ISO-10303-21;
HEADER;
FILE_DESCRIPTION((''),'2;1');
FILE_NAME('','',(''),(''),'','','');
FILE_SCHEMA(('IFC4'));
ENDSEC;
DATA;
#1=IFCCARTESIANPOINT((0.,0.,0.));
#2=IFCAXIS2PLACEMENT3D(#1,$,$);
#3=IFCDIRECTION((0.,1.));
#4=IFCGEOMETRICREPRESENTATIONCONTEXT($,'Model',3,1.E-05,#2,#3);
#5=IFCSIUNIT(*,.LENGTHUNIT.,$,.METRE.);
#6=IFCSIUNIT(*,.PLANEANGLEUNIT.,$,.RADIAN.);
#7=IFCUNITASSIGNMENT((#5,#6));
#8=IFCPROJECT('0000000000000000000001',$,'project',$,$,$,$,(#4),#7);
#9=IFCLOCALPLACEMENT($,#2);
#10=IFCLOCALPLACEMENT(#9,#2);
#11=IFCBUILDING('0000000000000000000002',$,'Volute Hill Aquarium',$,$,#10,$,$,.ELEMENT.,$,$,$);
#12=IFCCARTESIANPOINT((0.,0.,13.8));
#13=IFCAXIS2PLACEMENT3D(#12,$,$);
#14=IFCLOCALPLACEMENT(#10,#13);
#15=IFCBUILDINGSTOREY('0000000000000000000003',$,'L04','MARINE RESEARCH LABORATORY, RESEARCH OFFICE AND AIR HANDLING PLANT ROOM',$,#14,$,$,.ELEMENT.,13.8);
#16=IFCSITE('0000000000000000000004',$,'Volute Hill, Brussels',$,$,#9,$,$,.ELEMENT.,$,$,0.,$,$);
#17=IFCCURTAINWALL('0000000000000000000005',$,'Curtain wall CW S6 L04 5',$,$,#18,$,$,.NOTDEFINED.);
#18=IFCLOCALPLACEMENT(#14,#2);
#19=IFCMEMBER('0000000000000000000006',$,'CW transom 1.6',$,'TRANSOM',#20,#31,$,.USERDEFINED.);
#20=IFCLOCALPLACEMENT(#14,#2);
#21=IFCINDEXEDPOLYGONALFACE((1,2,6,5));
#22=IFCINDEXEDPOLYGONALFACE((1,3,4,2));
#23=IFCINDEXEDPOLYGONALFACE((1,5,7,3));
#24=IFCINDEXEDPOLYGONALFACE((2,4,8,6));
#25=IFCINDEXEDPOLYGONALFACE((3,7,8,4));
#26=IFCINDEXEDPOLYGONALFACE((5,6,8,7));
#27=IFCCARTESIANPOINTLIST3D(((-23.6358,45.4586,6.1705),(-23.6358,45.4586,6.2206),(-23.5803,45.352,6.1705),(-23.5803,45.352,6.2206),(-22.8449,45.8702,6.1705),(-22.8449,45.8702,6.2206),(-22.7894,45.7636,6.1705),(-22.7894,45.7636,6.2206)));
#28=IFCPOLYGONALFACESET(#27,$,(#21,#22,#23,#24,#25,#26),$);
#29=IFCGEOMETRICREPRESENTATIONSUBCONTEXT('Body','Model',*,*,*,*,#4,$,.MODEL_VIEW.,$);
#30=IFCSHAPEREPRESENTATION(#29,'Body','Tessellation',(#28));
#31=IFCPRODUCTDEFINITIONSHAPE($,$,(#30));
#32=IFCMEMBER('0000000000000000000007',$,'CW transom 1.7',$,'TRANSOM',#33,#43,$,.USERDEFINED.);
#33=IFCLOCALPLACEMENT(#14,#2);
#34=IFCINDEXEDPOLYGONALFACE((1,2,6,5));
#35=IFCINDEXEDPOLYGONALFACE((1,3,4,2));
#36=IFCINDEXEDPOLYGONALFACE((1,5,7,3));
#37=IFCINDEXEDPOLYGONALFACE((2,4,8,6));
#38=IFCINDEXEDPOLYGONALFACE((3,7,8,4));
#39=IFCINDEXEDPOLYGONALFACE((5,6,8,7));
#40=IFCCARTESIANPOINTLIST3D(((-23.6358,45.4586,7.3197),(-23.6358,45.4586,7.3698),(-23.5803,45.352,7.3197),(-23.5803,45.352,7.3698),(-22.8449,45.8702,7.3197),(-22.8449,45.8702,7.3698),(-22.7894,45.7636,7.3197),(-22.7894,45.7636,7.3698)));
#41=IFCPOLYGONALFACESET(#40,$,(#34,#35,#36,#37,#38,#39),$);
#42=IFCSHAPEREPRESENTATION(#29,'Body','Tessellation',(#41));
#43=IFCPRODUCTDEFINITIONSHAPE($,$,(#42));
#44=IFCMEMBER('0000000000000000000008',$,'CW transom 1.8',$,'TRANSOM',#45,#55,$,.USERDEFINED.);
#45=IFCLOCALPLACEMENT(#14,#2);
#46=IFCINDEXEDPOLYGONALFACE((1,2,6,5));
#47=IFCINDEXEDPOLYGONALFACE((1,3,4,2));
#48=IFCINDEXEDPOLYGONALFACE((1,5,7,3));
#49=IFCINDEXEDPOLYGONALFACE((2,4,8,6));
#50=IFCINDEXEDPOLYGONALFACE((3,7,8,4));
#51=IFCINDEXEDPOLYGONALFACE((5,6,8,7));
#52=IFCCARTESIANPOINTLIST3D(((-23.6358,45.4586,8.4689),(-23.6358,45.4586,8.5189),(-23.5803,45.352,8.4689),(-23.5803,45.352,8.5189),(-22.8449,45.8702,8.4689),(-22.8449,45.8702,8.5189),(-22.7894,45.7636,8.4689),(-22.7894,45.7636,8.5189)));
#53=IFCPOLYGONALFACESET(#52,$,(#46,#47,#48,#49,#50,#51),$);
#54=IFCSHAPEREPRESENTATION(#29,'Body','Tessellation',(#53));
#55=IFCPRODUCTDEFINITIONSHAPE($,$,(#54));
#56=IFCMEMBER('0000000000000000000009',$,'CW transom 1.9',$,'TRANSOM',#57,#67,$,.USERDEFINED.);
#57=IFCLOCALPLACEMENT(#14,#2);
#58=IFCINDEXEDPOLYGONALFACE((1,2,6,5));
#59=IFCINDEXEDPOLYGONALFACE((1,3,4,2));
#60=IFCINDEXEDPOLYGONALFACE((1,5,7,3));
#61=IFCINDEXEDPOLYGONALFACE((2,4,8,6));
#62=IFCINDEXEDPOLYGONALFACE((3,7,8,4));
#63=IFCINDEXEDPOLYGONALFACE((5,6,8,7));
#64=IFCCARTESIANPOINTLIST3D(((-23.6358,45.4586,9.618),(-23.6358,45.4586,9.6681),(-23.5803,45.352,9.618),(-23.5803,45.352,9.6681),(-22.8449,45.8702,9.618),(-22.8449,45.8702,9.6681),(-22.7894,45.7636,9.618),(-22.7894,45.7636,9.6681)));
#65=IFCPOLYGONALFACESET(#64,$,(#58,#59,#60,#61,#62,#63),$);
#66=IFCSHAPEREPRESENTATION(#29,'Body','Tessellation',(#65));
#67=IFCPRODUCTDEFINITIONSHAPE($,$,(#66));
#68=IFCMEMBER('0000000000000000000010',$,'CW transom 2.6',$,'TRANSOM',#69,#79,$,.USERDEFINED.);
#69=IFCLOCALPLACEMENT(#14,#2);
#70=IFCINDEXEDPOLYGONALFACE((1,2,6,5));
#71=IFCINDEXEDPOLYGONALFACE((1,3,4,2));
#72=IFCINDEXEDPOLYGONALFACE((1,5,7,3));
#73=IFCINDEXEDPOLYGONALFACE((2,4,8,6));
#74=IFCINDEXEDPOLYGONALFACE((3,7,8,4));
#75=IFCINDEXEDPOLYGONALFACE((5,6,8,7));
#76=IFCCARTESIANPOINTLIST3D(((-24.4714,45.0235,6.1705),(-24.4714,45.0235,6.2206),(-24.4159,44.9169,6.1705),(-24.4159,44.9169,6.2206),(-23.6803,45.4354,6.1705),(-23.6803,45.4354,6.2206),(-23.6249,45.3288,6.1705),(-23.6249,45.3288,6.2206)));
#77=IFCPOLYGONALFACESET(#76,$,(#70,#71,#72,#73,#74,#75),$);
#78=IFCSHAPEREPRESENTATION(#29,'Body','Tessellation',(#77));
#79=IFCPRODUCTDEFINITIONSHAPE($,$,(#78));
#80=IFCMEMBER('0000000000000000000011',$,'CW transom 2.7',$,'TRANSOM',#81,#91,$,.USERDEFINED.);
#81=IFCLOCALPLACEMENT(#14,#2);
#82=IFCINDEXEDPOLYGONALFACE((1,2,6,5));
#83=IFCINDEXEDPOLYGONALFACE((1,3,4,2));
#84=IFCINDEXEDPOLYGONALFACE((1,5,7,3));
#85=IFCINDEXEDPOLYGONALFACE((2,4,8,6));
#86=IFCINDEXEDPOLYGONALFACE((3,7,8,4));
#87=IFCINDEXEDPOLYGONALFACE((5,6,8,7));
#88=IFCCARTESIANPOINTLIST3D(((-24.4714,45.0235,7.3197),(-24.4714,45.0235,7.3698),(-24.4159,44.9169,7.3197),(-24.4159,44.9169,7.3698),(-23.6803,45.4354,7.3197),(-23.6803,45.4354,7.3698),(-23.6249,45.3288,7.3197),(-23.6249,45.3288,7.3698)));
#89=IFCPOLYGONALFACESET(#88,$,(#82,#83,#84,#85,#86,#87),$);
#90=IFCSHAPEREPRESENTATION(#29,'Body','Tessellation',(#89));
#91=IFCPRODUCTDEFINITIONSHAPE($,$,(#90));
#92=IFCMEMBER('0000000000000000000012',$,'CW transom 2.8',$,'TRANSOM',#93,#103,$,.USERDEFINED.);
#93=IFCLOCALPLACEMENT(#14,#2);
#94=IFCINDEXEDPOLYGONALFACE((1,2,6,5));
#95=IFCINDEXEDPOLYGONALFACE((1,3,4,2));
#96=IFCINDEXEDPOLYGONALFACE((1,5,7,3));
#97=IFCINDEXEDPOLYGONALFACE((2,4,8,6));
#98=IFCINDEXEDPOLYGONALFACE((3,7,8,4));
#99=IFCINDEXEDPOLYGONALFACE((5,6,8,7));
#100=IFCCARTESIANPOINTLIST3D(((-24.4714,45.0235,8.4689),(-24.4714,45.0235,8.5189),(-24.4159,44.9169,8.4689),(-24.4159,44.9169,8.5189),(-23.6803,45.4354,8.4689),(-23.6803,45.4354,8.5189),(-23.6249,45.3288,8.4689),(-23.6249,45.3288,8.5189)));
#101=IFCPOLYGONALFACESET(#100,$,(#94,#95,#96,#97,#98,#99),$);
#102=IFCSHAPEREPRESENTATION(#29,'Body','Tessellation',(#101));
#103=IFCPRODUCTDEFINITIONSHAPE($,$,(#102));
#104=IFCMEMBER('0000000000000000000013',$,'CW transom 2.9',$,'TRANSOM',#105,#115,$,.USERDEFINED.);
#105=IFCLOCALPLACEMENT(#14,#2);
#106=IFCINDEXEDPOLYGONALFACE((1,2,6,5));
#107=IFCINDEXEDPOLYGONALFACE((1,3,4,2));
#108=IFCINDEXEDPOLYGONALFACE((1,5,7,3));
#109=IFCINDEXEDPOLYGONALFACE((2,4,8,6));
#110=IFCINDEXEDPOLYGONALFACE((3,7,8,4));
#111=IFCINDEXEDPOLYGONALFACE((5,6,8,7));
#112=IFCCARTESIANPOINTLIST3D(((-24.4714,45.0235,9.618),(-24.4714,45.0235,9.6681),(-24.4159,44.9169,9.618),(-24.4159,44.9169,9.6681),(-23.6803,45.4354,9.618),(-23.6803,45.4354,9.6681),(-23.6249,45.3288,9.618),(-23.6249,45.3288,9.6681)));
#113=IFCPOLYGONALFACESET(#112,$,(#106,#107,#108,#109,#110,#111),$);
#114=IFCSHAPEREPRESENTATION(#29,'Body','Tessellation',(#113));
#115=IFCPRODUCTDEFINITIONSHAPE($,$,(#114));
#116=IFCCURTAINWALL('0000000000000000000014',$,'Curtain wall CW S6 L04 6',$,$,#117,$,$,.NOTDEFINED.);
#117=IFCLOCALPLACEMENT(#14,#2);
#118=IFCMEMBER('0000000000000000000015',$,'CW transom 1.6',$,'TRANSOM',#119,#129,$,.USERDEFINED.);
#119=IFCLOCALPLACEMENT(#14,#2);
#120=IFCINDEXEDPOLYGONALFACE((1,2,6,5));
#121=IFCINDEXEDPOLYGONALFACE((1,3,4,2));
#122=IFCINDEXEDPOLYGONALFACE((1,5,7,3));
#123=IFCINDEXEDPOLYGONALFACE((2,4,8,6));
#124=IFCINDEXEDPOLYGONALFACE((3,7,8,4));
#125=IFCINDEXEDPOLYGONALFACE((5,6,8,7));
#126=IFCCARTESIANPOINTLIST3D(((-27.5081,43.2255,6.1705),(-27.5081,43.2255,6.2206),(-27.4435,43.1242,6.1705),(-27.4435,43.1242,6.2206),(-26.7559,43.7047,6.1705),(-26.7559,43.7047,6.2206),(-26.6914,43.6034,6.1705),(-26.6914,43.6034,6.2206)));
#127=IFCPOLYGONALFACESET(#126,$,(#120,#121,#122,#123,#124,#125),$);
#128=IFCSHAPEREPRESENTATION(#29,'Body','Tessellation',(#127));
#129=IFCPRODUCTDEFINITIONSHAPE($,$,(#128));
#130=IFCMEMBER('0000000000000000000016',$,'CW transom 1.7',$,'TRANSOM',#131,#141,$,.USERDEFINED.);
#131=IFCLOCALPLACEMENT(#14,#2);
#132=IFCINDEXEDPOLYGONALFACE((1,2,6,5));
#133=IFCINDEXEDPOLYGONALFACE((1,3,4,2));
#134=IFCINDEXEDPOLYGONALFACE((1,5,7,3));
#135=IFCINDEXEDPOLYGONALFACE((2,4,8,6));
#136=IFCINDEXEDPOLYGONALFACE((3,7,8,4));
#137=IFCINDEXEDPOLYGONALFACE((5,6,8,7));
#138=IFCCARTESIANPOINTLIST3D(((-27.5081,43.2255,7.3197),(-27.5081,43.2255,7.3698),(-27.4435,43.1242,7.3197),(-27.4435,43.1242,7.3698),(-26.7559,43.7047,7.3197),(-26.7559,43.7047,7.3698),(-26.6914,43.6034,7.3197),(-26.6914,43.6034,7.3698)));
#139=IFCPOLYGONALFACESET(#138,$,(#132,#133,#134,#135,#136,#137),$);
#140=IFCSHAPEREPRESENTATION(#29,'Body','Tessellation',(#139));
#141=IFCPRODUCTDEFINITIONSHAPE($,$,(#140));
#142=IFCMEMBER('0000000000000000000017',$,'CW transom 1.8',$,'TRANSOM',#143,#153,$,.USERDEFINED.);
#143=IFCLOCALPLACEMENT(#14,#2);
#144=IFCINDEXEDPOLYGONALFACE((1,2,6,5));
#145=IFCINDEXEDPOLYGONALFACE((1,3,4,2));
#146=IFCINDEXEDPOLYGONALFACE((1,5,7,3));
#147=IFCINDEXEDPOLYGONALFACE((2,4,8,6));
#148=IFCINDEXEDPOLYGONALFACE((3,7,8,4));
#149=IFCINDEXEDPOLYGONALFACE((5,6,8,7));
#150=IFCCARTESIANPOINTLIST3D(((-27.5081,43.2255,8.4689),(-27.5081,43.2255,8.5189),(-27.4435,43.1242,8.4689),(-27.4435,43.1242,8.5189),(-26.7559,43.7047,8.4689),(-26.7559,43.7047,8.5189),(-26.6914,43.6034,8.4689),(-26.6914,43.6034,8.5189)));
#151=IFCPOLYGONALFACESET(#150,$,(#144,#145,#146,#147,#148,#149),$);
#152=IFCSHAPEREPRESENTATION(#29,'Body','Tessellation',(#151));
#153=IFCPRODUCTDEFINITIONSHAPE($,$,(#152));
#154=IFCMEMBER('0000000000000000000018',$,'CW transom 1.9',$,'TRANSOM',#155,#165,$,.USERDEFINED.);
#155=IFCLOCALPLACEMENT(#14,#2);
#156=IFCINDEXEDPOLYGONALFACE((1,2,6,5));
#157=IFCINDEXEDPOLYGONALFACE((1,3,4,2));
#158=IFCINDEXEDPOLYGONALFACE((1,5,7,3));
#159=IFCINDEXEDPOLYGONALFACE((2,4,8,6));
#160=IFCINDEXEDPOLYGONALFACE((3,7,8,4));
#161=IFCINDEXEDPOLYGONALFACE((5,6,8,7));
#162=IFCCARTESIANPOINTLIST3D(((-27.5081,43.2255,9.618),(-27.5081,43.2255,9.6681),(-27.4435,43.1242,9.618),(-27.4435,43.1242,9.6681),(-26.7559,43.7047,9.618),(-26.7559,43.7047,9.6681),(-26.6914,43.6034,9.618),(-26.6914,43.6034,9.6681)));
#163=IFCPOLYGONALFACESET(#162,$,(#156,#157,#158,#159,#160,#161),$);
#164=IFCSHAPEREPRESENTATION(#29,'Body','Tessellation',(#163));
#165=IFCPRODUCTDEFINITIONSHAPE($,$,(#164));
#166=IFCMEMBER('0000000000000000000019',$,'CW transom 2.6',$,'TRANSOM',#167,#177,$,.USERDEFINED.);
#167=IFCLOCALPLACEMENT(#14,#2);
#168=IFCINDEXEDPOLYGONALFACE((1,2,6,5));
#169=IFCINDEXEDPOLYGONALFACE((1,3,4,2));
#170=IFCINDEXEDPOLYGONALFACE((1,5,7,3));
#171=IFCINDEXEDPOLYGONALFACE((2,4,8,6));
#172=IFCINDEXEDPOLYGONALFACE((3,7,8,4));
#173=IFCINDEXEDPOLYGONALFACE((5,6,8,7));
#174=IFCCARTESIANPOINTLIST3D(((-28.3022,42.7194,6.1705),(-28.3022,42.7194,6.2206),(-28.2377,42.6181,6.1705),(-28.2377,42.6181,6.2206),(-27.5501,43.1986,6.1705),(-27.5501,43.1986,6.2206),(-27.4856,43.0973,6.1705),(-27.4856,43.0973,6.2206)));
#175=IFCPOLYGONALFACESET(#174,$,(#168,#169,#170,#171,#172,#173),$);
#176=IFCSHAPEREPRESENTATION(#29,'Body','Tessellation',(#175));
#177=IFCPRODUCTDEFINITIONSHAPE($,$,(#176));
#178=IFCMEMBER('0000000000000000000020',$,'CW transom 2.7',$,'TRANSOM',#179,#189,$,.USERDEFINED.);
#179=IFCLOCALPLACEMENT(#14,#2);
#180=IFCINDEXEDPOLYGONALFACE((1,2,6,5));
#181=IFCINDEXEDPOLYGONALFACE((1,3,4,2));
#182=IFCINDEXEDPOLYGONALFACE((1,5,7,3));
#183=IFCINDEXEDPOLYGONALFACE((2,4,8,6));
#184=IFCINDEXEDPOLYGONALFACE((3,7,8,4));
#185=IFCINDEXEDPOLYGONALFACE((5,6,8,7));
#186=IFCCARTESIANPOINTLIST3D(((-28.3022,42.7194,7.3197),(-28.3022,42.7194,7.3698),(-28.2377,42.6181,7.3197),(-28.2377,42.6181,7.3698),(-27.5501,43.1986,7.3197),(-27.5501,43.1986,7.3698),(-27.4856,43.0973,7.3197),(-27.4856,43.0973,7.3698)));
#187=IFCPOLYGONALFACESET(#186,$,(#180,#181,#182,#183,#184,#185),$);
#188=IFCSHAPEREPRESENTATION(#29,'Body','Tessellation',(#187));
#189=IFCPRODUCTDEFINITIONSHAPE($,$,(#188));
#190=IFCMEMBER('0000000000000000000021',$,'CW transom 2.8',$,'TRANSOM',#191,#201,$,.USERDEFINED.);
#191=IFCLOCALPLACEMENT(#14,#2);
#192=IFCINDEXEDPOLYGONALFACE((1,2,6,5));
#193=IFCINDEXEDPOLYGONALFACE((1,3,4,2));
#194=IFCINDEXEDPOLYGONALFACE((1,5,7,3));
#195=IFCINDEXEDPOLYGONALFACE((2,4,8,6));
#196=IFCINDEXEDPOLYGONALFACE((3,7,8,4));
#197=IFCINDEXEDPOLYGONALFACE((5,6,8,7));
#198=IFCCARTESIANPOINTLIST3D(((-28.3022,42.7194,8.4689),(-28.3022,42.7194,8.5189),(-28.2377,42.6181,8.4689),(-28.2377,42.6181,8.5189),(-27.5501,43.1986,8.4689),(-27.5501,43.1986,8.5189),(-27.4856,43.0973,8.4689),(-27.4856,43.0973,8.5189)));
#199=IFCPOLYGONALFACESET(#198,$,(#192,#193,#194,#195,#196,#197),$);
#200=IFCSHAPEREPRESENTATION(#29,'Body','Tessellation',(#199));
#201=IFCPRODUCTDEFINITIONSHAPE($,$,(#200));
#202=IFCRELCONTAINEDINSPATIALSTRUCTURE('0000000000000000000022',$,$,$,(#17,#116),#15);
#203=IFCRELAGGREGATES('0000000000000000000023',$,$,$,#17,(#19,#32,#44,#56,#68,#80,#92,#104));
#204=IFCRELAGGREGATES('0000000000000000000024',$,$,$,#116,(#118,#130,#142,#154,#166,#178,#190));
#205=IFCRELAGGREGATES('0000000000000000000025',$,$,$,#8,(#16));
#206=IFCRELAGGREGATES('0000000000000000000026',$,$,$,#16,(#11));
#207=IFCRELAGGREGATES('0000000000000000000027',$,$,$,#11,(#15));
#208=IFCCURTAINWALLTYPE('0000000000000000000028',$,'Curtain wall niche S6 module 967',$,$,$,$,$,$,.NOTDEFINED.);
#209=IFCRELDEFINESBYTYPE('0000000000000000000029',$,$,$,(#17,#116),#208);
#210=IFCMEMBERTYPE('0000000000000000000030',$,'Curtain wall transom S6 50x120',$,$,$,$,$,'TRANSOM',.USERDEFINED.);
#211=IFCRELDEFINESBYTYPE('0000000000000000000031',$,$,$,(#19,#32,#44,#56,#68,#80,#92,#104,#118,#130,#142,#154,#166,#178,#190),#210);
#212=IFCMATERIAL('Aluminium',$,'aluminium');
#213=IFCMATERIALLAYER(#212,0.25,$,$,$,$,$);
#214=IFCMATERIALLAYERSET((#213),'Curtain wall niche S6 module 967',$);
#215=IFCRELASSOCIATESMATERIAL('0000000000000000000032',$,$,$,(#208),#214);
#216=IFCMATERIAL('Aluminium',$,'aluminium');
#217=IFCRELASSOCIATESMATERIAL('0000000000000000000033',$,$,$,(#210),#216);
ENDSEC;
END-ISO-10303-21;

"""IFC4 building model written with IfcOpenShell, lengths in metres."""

from ifc_helpers import new_model, si_unit, direction, frame, origin, origin_2d, place, context, subcontext, project, spatial, rectangle, extrude, material, layer, layer_set, material_profile, profile_set, type_object, element, aggregate, save


model = new_model("IFC4")

# Units and contexts
model_context = context("Model", 3, precision=1e-05, world=origin(), true_north=direction((0.0, 1.0)))
body_context = subcontext(model_context, "Body", "Model", "MODEL_VIEW")
ifc_project = project(units=[si_unit("LENGTHUNIT", "METRE"), si_unit("PLANEANGLEUNIT", "RADIAN")], contexts=[model_context])

# Site, building, storey
site_placement = place(None, origin())
site = spatial("IfcSite", under=ifc_project, at=site_placement, Name="Volute Hill, Brussels", CompositionType="ELEMENT", RefElevation=0.0)
building_placement = place(site_placement, origin())
building = spatial("IfcBuilding", under=site, at=building_placement, Name="Volute Hill Aquarium", CompositionType="ELEMENT")
storey_placement = place(building_placement, frame((0.0, 0.0, 13.8)))
storey = spatial("IfcBuildingStorey", under=building, at=storey_placement, Name="L04", Description="MARINE RESEARCH LABORATORY, RESEARCH OFFICE AND AIR HANDLING PLANT ROOM", CompositionType="ELEMENT", Elevation=13.8)

# Curtain walls, members
ifc_material_1 = material(Name="Aluminium", Category="aluminium")
ifc_layer_1 = layer(ifc_material_1, 0.25)
ifc_layer_set_1 = layer_set([ifc_layer_1], Name="Curtain wall niche S6 module 967")
curtain_wall_type = type_object("IfcCurtainWallType", Name="Curtain wall niche S6 module 967", PredefinedType="NOTDEFINED", material=ifc_layer_set_1)
curtain_wall_1_placement = place(storey_placement, origin())
curtain_wall_1 = element("IfcCurtainWall", 1, at=curtain_wall_1_placement, inside=storey, type_object=curtain_wall_type, Name="Curtain wall CW S6 L04 5", PredefinedType="NOTDEFINED")
ifc_material_2 = material(Name="Aluminium", Category="aluminium")
ifc_material_profile = material_profile(ifc_material_2, rectangle(XDim=0.1201, YDim=0.05, at=origin_2d()), Name="Curtain wall transom S6 50x120")
ifc_profile_set = profile_set([ifc_material_profile], Name="Aluminium")
member_type = type_object("IfcMemberType", Name="Curtain wall transom S6 50x120", ElementType="TRANSOM", PredefinedType="USERDEFINED", material=ifc_profile_set)
member_1_placement = place(storey_placement, frame((-22.8171, 45.8169, 6.1956), z_axis=(-0.887082, -0.461611, 0.0), x_axis=(0.461611, -0.887082, 0.0)))
member_1 = element("IfcMember", 2, at=member_1_placement, type_object=member_type, Name="CW transom 1.6", ObjectType="TRANSOM", PredefinedType="USERDEFINED", context=body_context, shape_type="SweptSolid", body=[
    extrude(rectangle(XDim=0.1201, YDim=0.05, at=origin_2d()), origin(), (0.0, 0.0, 1.0), 0.8916),
])
member_2_placement = place(storey_placement, frame((-22.8171, 45.8169, 7.3447), z_axis=(-0.887082, -0.461611, 0.0), x_axis=(0.461611, -0.887082, 0.0)))
member_2 = element("IfcMember", 3, at=member_2_placement, type_object=member_type, Name="CW transom 1.7", ObjectType="TRANSOM", PredefinedType="USERDEFINED", context=body_context, shape_type="SweptSolid", body=[
    extrude(rectangle(XDim=0.1201, YDim=0.05, at=origin_2d()), origin(), (0.0, 0.0, 1.0), 0.8916),
])
member_3_placement = place(storey_placement, frame((-22.8171, 45.8169, 8.4939), z_axis=(-0.887082, -0.461611, 0.0), x_axis=(0.461611, -0.887082, 0.0)))
member_3 = element("IfcMember", 4, at=member_3_placement, type_object=member_type, Name="CW transom 1.8", ObjectType="TRANSOM", PredefinedType="USERDEFINED", context=body_context, shape_type="SweptSolid", body=[
    extrude(rectangle(XDim=0.1201, YDim=0.05, at=origin_2d()), origin(), (0.0, 0.0, 1.0), 0.8916),
])
member_4_placement = place(storey_placement, frame((-22.8171, 45.8169, 9.6431), z_axis=(-0.887082, -0.461611, 0.0), x_axis=(0.461611, -0.887082, 0.0)))
member_4 = element("IfcMember", 5, at=member_4_placement, type_object=member_type, Name="CW transom 1.9", ObjectType="TRANSOM", PredefinedType="USERDEFINED", context=body_context, shape_type="SweptSolid", body=[
    extrude(rectangle(XDim=0.1201, YDim=0.05, at=origin_2d()), origin(), (0.0, 0.0, 1.0), 0.8916),
])
member_5_placement = place(storey_placement, frame((-23.6526, 45.3821, 6.1956), z_axis=(-0.88697, -0.461827, 0.0), x_axis=(0.461827, -0.88697, 0.0)))
member_5 = element("IfcMember", 6, at=member_5_placement, type_object=member_type, Name="CW transom 2.6", ObjectType="TRANSOM", PredefinedType="USERDEFINED", context=body_context, shape_type="SweptSolid", body=[
    extrude(rectangle(XDim=0.1201, YDim=0.05, at=origin_2d()), origin(), (0.0, 0.0, 1.0), 0.8918),
])
member_6_placement = place(storey_placement, frame((-23.6526, 45.3821, 7.3447), z_axis=(-0.88697, -0.461827, 0.0), x_axis=(0.461827, -0.88697, 0.0)))
member_6 = element("IfcMember", 7, at=member_6_placement, type_object=member_type, Name="CW transom 2.7", ObjectType="TRANSOM", PredefinedType="USERDEFINED", context=body_context, shape_type="SweptSolid", body=[
    extrude(rectangle(XDim=0.1201, YDim=0.05, at=origin_2d()), origin(), (0.0, 0.0, 1.0), 0.8918),
])
member_7_placement = place(storey_placement, frame((-23.6526, 45.3821, 8.4939), z_axis=(-0.88697, -0.461827, 0.0), x_axis=(0.461827, -0.88697, 0.0)))
member_7 = element("IfcMember", 8, at=member_7_placement, type_object=member_type, Name="CW transom 2.8", ObjectType="TRANSOM", PredefinedType="USERDEFINED", context=body_context, shape_type="SweptSolid", body=[
    extrude(rectangle(XDim=0.1201, YDim=0.05, at=origin_2d()), origin(), (0.0, 0.0, 1.0), 0.8918),
])
member_8_placement = place(storey_placement, frame((-23.6526, 45.3821, 9.6431), z_axis=(-0.88697, -0.461827, 0.0), x_axis=(0.461827, -0.88697, 0.0)))
member_8 = element("IfcMember", 9, at=member_8_placement, type_object=member_type, Name="CW transom 2.9", ObjectType="TRANSOM", PredefinedType="USERDEFINED", context=body_context, shape_type="SweptSolid", body=[
    extrude(rectangle(XDim=0.1201, YDim=0.05, at=origin_2d()), origin(), (0.0, 0.0, 1.0), 0.8918),
])
curtain_wall_2_placement = place(storey_placement, origin())
curtain_wall_2 = element("IfcCurtainWall", 10, at=curtain_wall_2_placement, inside=storey, type_object=curtain_wall_type, Name="Curtain wall CW S6 L04 6", PredefinedType="NOTDEFINED")
member_9_placement = place(storey_placement, frame((-26.7236, 43.6541, 6.1956), z_axis=(-0.843368, -0.537336, 0.0), x_axis=(0.537336, -0.843368, 0.0)))
member_9 = element("IfcMember", 11, at=member_9_placement, type_object=member_type, Name="CW transom 1.6", ObjectType="TRANSOM", PredefinedType="USERDEFINED", context=body_context, shape_type="SweptSolid", body=[
    extrude(rectangle(XDim=0.1201, YDim=0.05, at=origin_2d()), origin(), (0.0, 0.0, 1.0), 0.8918),
])
member_10_placement = place(storey_placement, frame((-26.7236, 43.6541, 7.3447), z_axis=(-0.843368, -0.537336, 0.0), x_axis=(0.537336, -0.843368, 0.0)))
member_10 = element("IfcMember", 12, at=member_10_placement, type_object=member_type, Name="CW transom 1.7", ObjectType="TRANSOM", PredefinedType="USERDEFINED", context=body_context, shape_type="SweptSolid", body=[
    extrude(rectangle(XDim=0.1201, YDim=0.05, at=origin_2d()), origin(), (0.0, 0.0, 1.0), 0.8918),
])
member_11_placement = place(storey_placement, frame((-26.7236, 43.6541, 8.4939), z_axis=(-0.843368, -0.537336, 0.0), x_axis=(0.537336, -0.843368, 0.0)))
member_11 = element("IfcMember", 13, at=member_11_placement, type_object=member_type, Name="CW transom 1.8", ObjectType="TRANSOM", PredefinedType="USERDEFINED", context=body_context, shape_type="SweptSolid", body=[
    extrude(rectangle(XDim=0.1201, YDim=0.05, at=origin_2d()), origin(), (0.0, 0.0, 1.0), 0.8918),
])
member_12_placement = place(storey_placement, frame((-26.7236, 43.6541, 9.6431), z_axis=(-0.843368, -0.537336, 0.0), x_axis=(0.537336, -0.843368, 0.0)))
member_12 = element("IfcMember", 14, at=member_12_placement, type_object=member_type, Name="CW transom 1.9", ObjectType="TRANSOM", PredefinedType="USERDEFINED", context=body_context, shape_type="SweptSolid", body=[
    extrude(rectangle(XDim=0.1201, YDim=0.05, at=origin_2d()), origin(), (0.0, 0.0, 1.0), 0.8918),
])
member_13_placement = place(storey_placement, frame((-27.5178, 43.1479, 6.1956), z_axis=(-0.843368, -0.537336, 0.0), x_axis=(0.537336, -0.843368, 0.0)))
member_13 = element("IfcMember", 15, at=member_13_placement, type_object=member_type, Name="CW transom 2.6", ObjectType="TRANSOM", PredefinedType="USERDEFINED", context=body_context, shape_type="SweptSolid", body=[
    extrude(rectangle(XDim=0.1201, YDim=0.05, at=origin_2d()), origin(), (0.0, 0.0, 1.0), 0.8918),
])
member_14_placement = place(storey_placement, frame((-27.5178, 43.1479, 7.3447), z_axis=(-0.843368, -0.537336, 0.0), x_axis=(0.537336, -0.843368, 0.0)))
member_14 = element("IfcMember", 16, at=member_14_placement, type_object=member_type, Name="CW transom 2.7", ObjectType="TRANSOM", PredefinedType="USERDEFINED", context=body_context, shape_type="SweptSolid", body=[
    extrude(rectangle(XDim=0.1201, YDim=0.05, at=origin_2d()), origin(), (0.0, 0.0, 1.0), 0.8918),
])
member_15_placement = place(storey_placement, frame((-27.5178, 43.1479, 8.4939), z_axis=(-0.843368, -0.537336, 0.0), x_axis=(0.537336, -0.843368, 0.0)))
member_15 = element("IfcMember", 17, at=member_15_placement, type_object=member_type, Name="CW transom 2.8", ObjectType="TRANSOM", PredefinedType="USERDEFINED", context=body_context, shape_type="SweptSolid", body=[
    extrude(rectangle(XDim=0.1201, YDim=0.05, at=origin_2d()), origin(), (0.0, 0.0, 1.0), 0.8918),
])

aggregate(curtain_wall_1, [member_1, member_2, member_3, member_4, member_5, member_6, member_7, member_8])
aggregate(curtain_wall_2, [member_9, member_10, member_11, member_12, member_13, member_14, member_15])

save(model, "model.ifc")
